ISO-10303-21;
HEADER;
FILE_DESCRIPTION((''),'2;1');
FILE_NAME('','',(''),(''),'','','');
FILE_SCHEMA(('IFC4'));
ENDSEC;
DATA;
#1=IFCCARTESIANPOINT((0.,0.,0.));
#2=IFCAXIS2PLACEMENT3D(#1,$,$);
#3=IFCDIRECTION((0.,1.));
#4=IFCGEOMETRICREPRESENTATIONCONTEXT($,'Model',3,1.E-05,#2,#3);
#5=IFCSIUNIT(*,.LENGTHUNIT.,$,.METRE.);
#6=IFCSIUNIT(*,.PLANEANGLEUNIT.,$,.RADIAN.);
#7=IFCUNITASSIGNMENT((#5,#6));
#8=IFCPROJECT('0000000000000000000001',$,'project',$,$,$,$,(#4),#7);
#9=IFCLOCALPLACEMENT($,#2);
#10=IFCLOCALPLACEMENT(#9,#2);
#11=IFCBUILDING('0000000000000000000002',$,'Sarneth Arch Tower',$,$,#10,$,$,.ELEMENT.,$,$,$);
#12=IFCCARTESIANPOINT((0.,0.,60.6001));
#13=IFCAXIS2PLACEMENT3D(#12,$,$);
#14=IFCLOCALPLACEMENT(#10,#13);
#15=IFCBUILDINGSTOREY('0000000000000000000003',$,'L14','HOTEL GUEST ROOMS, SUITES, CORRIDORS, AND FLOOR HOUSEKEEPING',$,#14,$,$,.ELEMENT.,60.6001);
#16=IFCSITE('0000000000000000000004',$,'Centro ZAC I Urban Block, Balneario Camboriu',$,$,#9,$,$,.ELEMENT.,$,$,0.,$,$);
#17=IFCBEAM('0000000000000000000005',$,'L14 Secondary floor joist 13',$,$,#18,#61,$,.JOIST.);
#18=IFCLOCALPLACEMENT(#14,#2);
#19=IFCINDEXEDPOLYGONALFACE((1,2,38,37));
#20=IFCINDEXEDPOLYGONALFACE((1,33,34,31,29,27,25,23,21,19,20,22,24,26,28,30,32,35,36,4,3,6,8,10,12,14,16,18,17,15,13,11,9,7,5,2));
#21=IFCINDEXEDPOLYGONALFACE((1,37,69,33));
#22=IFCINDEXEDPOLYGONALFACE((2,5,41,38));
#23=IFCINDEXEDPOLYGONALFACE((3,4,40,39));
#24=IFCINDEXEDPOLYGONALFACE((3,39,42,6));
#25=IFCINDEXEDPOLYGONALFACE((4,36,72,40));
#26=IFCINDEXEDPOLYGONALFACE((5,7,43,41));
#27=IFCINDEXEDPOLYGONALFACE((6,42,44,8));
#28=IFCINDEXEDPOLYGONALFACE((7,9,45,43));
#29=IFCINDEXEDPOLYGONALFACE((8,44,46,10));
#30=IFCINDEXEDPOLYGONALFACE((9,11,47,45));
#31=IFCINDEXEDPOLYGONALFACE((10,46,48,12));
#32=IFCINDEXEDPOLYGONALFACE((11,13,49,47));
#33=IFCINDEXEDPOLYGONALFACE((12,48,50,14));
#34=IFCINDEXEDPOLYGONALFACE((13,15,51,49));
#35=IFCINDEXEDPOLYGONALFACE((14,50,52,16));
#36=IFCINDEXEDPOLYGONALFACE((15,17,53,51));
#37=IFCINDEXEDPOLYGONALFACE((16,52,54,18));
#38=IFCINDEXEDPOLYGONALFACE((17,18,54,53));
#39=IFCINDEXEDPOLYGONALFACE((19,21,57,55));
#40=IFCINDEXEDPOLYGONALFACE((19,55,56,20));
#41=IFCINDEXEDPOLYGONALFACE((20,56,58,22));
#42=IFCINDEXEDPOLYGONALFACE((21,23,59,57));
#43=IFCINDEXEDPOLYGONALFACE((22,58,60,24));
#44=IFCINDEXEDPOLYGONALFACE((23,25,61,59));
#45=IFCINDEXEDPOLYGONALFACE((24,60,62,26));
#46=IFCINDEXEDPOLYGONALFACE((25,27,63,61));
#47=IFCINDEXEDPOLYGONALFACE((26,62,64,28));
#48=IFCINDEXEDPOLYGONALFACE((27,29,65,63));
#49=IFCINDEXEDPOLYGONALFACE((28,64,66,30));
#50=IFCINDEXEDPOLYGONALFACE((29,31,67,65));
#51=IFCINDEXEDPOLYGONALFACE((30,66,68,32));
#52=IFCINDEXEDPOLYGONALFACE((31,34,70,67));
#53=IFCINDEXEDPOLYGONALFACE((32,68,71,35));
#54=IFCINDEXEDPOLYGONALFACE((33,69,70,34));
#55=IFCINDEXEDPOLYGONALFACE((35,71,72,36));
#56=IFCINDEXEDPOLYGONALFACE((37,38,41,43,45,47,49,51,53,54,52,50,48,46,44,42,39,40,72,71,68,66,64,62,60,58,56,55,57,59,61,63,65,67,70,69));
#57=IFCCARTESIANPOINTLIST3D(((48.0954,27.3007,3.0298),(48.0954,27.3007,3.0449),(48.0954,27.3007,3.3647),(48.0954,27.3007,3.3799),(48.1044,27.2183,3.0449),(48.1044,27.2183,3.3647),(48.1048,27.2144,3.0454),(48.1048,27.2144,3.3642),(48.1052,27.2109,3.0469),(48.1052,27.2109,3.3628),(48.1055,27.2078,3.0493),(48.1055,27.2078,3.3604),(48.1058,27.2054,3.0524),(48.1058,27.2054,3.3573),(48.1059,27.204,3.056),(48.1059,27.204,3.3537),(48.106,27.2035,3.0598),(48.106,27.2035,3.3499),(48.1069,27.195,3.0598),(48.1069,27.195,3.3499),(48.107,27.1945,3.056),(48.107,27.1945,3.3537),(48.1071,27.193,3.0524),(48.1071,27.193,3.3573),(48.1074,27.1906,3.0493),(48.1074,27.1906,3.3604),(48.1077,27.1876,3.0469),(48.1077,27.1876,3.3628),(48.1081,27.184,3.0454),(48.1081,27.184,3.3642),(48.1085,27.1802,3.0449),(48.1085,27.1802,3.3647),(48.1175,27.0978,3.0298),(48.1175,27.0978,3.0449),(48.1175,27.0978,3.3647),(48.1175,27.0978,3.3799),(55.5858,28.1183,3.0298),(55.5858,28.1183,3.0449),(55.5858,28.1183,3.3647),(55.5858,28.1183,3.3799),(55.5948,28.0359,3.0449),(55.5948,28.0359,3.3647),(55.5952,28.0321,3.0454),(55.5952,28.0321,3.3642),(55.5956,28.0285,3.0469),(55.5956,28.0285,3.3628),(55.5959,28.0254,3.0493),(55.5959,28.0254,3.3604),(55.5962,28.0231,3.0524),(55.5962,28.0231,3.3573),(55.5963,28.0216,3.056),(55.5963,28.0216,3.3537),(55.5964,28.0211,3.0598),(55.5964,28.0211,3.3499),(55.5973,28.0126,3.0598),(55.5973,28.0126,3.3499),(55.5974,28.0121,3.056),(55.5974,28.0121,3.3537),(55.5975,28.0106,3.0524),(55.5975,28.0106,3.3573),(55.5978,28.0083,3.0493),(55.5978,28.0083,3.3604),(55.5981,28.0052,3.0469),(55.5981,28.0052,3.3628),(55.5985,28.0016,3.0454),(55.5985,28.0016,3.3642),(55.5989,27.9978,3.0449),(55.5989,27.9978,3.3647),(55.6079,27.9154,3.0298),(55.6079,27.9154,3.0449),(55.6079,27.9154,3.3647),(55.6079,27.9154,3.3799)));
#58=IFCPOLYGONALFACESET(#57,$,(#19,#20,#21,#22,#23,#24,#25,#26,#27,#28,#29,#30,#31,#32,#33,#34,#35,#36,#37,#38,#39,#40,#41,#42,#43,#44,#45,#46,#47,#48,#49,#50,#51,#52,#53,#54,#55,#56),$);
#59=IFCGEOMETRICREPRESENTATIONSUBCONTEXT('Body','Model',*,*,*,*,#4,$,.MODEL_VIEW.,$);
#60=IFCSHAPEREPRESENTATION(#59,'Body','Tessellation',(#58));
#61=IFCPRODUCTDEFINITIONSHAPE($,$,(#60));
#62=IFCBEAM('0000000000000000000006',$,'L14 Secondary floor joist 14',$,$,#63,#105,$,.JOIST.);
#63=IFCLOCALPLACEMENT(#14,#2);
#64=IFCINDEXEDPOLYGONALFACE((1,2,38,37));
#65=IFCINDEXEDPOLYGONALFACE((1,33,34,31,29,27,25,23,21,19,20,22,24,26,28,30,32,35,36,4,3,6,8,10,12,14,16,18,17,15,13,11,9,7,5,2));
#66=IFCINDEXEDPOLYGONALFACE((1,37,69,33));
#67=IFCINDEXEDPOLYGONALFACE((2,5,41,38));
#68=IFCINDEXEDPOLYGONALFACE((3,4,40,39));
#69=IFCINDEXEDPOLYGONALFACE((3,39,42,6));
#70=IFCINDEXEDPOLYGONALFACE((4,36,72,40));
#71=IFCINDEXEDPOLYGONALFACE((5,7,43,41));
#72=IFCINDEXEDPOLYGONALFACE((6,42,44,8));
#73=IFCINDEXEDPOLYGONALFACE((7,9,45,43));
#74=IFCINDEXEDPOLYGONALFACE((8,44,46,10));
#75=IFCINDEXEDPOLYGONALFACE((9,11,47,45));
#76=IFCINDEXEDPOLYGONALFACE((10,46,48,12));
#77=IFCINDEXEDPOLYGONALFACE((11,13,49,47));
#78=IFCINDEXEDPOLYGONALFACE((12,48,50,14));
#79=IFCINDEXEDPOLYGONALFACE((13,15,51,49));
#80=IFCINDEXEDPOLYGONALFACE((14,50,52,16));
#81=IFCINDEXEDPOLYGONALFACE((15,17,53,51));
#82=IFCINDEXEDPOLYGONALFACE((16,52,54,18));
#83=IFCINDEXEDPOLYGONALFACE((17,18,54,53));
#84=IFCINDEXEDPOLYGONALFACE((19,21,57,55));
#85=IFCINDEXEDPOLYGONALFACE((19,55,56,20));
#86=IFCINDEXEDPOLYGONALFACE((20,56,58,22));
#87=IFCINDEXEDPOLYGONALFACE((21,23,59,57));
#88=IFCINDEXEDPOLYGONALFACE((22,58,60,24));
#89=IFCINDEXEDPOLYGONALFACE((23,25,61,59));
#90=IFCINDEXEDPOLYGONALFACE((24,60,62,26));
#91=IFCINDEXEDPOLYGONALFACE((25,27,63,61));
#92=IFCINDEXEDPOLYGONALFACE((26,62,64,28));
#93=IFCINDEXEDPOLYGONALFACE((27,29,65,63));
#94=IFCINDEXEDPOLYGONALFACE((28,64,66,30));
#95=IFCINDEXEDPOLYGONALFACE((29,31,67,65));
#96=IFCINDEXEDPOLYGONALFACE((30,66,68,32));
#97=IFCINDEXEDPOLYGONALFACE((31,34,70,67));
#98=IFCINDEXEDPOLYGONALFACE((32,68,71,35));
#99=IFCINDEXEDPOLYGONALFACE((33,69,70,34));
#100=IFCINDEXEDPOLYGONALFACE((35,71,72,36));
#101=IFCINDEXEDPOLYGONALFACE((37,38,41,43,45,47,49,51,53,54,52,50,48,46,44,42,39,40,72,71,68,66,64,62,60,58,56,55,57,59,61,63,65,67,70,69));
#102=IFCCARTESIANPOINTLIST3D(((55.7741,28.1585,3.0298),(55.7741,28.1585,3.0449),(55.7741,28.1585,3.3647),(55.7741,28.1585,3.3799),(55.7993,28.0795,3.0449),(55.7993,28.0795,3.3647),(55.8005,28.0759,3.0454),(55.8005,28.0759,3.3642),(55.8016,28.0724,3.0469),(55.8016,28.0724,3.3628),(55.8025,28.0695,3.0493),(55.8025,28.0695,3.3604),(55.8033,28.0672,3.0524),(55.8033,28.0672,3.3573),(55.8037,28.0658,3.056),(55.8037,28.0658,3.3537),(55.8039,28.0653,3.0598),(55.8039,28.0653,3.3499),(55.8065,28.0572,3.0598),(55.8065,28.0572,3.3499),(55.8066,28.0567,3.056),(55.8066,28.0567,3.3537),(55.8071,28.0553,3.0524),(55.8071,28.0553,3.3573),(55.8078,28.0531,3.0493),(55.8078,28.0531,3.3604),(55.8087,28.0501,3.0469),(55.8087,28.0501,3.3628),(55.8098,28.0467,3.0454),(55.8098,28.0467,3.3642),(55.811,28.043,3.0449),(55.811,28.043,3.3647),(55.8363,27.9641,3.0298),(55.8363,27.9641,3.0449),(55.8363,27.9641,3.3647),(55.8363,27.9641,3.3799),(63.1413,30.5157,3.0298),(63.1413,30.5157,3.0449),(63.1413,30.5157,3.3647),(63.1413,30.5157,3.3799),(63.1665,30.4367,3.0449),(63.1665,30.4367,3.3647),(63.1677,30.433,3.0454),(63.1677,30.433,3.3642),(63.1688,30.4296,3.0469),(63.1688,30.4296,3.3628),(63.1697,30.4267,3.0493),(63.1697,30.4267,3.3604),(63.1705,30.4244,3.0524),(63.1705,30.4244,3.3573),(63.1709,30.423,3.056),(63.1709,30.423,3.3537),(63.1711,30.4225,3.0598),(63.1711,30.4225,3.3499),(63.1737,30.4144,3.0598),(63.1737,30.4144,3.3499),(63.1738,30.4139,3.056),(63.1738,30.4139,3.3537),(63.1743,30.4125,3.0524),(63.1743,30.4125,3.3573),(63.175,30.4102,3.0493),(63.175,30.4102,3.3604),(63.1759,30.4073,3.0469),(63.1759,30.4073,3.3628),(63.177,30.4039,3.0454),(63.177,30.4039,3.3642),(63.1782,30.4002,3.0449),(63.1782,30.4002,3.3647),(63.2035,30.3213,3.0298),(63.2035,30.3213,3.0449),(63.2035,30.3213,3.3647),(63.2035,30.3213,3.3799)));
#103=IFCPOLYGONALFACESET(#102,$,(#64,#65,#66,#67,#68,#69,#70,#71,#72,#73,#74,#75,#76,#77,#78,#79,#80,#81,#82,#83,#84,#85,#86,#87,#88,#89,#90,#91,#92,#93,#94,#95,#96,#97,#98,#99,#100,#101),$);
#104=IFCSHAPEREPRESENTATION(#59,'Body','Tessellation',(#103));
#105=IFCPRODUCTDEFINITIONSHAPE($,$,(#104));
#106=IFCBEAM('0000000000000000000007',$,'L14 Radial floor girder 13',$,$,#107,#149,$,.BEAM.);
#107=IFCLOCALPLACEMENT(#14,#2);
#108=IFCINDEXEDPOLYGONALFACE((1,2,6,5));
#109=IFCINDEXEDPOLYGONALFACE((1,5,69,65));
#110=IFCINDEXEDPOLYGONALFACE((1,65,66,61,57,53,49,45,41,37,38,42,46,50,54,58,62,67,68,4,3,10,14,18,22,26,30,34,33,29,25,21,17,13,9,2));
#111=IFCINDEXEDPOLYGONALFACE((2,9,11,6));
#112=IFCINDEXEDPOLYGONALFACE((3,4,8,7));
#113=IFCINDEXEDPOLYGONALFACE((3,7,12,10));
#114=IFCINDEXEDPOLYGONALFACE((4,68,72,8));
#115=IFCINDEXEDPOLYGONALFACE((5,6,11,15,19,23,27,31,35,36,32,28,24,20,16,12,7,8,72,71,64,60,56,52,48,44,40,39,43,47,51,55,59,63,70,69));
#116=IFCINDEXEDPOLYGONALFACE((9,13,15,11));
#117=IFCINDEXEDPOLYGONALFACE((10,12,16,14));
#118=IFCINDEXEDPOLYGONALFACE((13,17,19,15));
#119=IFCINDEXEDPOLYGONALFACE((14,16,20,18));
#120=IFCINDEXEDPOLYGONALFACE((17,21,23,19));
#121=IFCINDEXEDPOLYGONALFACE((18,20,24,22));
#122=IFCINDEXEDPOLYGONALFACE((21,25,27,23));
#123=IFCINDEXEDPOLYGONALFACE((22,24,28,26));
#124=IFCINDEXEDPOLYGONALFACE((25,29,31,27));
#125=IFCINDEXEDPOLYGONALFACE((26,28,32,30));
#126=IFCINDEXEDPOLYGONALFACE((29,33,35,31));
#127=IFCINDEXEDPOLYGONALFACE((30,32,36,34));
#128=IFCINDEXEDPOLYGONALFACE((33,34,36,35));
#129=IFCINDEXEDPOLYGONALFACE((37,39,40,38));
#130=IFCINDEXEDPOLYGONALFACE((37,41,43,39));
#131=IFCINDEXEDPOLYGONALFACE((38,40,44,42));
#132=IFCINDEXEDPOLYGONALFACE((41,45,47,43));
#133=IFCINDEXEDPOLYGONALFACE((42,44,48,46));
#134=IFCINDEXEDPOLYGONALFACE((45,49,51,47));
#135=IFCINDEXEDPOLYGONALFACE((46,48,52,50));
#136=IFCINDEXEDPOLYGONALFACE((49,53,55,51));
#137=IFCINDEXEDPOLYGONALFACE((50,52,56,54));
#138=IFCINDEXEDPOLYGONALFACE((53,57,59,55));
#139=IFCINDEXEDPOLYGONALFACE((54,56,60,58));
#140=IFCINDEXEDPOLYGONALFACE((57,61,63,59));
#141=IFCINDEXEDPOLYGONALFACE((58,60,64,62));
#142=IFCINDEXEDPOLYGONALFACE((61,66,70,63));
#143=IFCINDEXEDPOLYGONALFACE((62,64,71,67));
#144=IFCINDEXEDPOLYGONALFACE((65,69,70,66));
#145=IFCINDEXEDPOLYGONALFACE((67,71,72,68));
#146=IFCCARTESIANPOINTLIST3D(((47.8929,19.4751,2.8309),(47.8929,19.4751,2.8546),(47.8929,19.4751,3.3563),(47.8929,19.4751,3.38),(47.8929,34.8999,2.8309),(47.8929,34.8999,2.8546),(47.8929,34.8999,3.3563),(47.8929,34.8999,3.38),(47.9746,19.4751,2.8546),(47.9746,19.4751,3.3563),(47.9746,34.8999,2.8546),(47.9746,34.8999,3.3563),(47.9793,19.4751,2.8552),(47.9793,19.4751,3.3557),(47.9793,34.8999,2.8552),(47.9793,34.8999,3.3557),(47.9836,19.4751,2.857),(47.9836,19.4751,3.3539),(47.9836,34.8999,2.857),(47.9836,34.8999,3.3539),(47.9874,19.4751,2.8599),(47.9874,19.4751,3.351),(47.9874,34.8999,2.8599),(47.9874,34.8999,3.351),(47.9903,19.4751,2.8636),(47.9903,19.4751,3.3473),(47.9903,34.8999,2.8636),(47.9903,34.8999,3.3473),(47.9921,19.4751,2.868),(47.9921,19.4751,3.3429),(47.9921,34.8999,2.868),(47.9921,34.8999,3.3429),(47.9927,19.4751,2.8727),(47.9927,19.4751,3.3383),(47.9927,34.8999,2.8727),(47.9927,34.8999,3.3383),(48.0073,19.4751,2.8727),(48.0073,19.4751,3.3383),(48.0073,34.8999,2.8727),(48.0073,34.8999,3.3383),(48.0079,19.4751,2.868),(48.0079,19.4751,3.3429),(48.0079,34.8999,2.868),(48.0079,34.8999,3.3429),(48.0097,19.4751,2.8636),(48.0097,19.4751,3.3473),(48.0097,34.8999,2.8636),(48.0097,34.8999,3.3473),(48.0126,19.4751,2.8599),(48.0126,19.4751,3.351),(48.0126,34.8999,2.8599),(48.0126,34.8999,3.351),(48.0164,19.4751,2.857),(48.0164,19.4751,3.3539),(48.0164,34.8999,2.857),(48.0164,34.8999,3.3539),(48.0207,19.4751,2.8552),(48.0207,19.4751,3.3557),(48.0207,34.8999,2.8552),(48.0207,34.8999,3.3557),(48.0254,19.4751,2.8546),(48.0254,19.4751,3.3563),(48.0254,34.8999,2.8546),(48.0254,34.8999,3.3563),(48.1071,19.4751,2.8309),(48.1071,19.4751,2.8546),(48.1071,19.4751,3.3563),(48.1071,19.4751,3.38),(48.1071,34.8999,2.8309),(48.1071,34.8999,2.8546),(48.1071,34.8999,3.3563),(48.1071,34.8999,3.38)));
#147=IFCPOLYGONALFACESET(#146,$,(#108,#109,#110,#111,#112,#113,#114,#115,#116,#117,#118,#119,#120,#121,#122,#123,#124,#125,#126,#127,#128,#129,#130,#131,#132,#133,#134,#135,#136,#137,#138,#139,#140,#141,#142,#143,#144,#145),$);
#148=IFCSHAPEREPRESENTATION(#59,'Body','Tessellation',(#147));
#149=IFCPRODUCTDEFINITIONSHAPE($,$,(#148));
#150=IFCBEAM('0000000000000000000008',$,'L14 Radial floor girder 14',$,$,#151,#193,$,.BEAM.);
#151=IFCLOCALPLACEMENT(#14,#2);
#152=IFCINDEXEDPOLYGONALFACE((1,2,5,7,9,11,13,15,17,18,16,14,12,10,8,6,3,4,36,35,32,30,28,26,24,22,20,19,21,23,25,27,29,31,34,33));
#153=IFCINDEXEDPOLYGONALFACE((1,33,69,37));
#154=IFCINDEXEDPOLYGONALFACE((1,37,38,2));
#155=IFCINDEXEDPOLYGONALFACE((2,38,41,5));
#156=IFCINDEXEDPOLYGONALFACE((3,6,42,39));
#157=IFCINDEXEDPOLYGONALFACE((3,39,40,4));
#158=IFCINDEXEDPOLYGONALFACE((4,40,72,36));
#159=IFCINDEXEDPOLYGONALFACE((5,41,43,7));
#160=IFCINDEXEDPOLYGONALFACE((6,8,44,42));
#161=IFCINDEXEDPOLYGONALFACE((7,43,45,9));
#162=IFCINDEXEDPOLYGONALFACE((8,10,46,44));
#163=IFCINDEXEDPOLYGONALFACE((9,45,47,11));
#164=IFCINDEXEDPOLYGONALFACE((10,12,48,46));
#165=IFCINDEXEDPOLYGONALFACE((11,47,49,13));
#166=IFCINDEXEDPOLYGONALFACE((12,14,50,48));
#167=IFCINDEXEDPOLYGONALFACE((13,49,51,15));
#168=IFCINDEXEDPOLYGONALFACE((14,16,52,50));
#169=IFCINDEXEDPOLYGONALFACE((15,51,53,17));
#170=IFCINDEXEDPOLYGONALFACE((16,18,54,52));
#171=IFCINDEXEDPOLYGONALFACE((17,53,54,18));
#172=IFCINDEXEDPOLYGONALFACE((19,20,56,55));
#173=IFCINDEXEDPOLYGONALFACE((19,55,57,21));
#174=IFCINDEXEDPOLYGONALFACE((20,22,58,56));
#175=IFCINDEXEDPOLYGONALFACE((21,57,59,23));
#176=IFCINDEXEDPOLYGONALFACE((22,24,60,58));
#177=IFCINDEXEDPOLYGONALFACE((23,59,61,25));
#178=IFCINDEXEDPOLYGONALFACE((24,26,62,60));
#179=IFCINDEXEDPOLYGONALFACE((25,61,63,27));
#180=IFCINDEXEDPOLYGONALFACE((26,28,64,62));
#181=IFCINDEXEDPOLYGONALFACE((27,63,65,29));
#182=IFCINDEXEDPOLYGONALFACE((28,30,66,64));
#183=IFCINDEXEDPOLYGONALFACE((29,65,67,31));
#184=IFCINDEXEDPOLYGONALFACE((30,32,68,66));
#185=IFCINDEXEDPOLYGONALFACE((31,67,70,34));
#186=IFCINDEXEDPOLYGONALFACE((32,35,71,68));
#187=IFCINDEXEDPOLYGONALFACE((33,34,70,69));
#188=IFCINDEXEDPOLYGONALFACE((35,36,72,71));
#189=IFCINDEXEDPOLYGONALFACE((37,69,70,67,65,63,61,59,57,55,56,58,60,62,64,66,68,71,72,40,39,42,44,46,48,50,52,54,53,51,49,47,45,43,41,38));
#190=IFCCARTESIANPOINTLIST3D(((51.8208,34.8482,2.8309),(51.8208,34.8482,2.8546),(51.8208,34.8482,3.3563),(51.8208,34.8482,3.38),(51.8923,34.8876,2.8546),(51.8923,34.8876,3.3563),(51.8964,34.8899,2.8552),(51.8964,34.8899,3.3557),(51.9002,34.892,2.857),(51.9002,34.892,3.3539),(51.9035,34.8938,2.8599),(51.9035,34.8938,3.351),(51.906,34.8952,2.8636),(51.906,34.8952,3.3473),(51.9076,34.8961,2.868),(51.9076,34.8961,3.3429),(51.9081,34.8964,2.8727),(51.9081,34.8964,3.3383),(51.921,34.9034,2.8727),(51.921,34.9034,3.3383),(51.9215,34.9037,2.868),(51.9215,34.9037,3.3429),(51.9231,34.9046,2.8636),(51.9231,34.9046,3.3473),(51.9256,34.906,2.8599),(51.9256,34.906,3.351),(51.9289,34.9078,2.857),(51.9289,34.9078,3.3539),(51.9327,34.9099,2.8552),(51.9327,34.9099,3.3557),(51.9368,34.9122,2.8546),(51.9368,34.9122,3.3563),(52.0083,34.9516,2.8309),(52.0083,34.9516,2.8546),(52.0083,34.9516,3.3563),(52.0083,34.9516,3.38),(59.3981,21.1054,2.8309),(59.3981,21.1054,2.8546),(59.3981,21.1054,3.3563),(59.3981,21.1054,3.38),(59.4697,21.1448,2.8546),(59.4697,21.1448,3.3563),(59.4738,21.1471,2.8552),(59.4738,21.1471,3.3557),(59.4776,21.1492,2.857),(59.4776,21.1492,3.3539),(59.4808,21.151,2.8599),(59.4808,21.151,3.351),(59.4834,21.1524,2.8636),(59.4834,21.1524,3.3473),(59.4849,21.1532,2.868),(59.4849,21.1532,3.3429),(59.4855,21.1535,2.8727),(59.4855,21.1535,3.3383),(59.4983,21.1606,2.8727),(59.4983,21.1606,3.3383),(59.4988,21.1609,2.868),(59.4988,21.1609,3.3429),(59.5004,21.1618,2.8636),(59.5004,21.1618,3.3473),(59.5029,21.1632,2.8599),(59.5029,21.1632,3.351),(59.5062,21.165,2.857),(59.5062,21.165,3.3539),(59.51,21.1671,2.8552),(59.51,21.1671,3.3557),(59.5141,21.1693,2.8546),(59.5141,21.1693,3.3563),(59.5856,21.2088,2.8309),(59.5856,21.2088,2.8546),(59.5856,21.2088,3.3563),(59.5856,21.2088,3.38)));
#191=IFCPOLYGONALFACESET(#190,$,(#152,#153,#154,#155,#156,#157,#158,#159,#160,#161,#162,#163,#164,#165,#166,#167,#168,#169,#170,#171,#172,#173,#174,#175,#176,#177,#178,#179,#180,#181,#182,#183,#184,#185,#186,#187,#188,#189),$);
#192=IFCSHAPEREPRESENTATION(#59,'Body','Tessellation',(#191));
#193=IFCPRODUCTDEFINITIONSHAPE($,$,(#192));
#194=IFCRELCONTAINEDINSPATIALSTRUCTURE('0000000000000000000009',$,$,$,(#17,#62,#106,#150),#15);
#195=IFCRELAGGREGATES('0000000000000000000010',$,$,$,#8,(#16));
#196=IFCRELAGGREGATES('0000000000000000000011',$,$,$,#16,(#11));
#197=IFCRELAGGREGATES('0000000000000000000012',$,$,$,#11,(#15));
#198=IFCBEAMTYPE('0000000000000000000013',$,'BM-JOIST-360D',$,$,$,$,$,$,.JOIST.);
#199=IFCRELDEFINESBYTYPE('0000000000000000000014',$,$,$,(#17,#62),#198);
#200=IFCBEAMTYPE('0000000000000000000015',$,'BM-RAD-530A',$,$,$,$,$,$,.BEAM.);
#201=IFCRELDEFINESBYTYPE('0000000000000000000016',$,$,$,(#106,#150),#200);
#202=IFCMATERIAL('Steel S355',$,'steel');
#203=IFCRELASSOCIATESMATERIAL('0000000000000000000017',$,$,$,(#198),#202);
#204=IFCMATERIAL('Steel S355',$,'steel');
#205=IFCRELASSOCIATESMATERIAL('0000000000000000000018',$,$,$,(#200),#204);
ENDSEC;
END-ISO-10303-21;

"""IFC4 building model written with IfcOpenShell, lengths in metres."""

from ifc_helpers import new_model, si_unit, direction, frame, origin, origin_2d, place, context, subcontext, project, spatial, i_section, extrude, material, material_profile, profile_set, type_object, element, save


model = new_model("IFC4")

# Units and contexts
model_context = context("Model", 3, precision=1e-05, world=origin(), true_north=direction((0.0, 1.0)))
body_context = subcontext(model_context, "Body", "Model", "MODEL_VIEW")
ifc_project = project(units=[si_unit("LENGTHUNIT", "METRE"), si_unit("PLANEANGLEUNIT", "RADIAN")], contexts=[model_context])

# Site, building, storey
site_placement = place(None, origin())
site = spatial("IfcSite", under=ifc_project, at=site_placement, Name="Centro ZAC I Urban Block, Balneario Camboriu", CompositionType="ELEMENT", RefElevation=0.0)
building_placement = place(site_placement, origin())
building = spatial("IfcBuilding", under=site, at=building_placement, Name="Sarneth Arch Tower", CompositionType="ELEMENT")
storey_placement = place(building_placement, frame((0.0, 0.0, 60.6001)))
storey = spatial("IfcBuildingStorey", under=building, at=storey_placement, Name="L14", Description="HOTEL GUEST ROOMS, SUITES, CORRIDORS, AND FLOOR HOUSEKEEPING", CompositionType="ELEMENT", Elevation=60.6001)

# Beams
ifc_material_1 = material(Name="Steel S355", Category="steel")
ifc_material_profile_1 = material_profile(ifc_material_1, i_section(OverallWidth=0.2041, OverallDepth=0.3501, WebThickness=0.0085, FlangeThickness=0.0151, FilletRadius=0.0149, at=origin_2d()), Name="W360x72")
ifc_profile_set_1 = profile_set([ifc_material_profile_1], Name="Steel S355")
beam_type_1 = type_object("IfcBeamType", Name="BM-JOIST-360D", PredefinedType="JOIST", material=ifc_profile_set_1)
beam_1_placement = place(storey_placement, frame((48.1064, 27.1992, 3.2048), z_axis=(0.994095, 0.108511, 0.0), x_axis=(-0.108511, 0.994095, 0.0)))
element("IfcBeam", 1, at=beam_1_placement, inside=storey, type_object=beam_type_1, Name="L14 Secondary floor joist 13", PredefinedType="JOIST", context=body_context, shape_type="SweptSolid", body=[
    extrude(i_section(OverallWidth=0.2041, OverallDepth=0.3501, WebThickness=0.0085, FlangeThickness=0.0151, FilletRadius=0.0149, at=origin_2d()), origin(), (0.0, 0.0, 1.0), 7.5349),
])
beam_2_placement = place(storey_placement, frame((55.8052, 28.0613, 3.2048), z_axis=(0.952436, 0.304738, 0.0), x_axis=(-0.304738, 0.952436, 0.0)))
element("IfcBeam", 2, at=beam_2_placement, inside=storey, type_object=beam_type_1, Name="L14 Secondary floor joist 14", PredefinedType="JOIST", context=body_context, shape_type="SweptSolid", body=[
    extrude(i_section(OverallWidth=0.2041, OverallDepth=0.3501, WebThickness=0.0085, FlangeThickness=0.0151, FilletRadius=0.0149, at=origin_2d()), origin(), (0.0, 0.0, 1.0), 7.7351),
])
ifc_material_2 = material(Name="Steel S355", Category="steel")
ifc_material_profile_2 = material_profile(ifc_material_2, i_section(OverallWidth=0.2141, OverallDepth=0.5491, WebThickness=0.0146, FlangeThickness=0.0237, FilletRadius=0.0181, at=origin_2d()), Name="W530x138")
ifc_profile_set_2 = profile_set([ifc_material_profile_2], Name="Steel S355")
beam_type_2 = type_object("IfcBeamType", Name="BM-RAD-530A", PredefinedType="BEAM", material=ifc_profile_set_2)
beam_3_placement = place(storey_placement, frame((48.0, 34.8999, 3.1055), z_axis=(0.0, -1.0, 0.0), x_axis=(1.0, 0.0, 0.0)))
element("IfcBeam", 3, at=beam_3_placement, inside=storey, type_object=beam_type_2, Name="L14 Radial floor girder 13", PredefinedType="BEAM", context=body_context, shape_type="SweptSolid", body=[
    extrude(i_section(OverallWidth=0.2141, OverallDepth=0.5491, WebThickness=0.0146, FlangeThickness=0.0237, FilletRadius=0.0181, at=origin_2d()), origin(), (0.0, 0.0, 1.0), 15.4248),
])
beam_4_placement = place(storey_placement, frame((51.9146, 34.8999, 3.1055), z_axis=(0.482838, -0.87571, 0.0), x_axis=(0.87571, 0.482838, 0.0)))
element("IfcBeam", 4, at=beam_4_placement, inside=storey, type_object=beam_type_2, Name="L14 Radial floor girder 14", PredefinedType="BEAM", context=body_context, shape_type="SweptSolid", body=[
    extrude(i_section(OverallWidth=0.2141, OverallDepth=0.5491, WebThickness=0.0146, FlangeThickness=0.0237, FilletRadius=0.0181, at=origin_2d()), origin(), (0.0, 0.0, 1.0), 15.6934),
])

save(model, "model.ifc")
